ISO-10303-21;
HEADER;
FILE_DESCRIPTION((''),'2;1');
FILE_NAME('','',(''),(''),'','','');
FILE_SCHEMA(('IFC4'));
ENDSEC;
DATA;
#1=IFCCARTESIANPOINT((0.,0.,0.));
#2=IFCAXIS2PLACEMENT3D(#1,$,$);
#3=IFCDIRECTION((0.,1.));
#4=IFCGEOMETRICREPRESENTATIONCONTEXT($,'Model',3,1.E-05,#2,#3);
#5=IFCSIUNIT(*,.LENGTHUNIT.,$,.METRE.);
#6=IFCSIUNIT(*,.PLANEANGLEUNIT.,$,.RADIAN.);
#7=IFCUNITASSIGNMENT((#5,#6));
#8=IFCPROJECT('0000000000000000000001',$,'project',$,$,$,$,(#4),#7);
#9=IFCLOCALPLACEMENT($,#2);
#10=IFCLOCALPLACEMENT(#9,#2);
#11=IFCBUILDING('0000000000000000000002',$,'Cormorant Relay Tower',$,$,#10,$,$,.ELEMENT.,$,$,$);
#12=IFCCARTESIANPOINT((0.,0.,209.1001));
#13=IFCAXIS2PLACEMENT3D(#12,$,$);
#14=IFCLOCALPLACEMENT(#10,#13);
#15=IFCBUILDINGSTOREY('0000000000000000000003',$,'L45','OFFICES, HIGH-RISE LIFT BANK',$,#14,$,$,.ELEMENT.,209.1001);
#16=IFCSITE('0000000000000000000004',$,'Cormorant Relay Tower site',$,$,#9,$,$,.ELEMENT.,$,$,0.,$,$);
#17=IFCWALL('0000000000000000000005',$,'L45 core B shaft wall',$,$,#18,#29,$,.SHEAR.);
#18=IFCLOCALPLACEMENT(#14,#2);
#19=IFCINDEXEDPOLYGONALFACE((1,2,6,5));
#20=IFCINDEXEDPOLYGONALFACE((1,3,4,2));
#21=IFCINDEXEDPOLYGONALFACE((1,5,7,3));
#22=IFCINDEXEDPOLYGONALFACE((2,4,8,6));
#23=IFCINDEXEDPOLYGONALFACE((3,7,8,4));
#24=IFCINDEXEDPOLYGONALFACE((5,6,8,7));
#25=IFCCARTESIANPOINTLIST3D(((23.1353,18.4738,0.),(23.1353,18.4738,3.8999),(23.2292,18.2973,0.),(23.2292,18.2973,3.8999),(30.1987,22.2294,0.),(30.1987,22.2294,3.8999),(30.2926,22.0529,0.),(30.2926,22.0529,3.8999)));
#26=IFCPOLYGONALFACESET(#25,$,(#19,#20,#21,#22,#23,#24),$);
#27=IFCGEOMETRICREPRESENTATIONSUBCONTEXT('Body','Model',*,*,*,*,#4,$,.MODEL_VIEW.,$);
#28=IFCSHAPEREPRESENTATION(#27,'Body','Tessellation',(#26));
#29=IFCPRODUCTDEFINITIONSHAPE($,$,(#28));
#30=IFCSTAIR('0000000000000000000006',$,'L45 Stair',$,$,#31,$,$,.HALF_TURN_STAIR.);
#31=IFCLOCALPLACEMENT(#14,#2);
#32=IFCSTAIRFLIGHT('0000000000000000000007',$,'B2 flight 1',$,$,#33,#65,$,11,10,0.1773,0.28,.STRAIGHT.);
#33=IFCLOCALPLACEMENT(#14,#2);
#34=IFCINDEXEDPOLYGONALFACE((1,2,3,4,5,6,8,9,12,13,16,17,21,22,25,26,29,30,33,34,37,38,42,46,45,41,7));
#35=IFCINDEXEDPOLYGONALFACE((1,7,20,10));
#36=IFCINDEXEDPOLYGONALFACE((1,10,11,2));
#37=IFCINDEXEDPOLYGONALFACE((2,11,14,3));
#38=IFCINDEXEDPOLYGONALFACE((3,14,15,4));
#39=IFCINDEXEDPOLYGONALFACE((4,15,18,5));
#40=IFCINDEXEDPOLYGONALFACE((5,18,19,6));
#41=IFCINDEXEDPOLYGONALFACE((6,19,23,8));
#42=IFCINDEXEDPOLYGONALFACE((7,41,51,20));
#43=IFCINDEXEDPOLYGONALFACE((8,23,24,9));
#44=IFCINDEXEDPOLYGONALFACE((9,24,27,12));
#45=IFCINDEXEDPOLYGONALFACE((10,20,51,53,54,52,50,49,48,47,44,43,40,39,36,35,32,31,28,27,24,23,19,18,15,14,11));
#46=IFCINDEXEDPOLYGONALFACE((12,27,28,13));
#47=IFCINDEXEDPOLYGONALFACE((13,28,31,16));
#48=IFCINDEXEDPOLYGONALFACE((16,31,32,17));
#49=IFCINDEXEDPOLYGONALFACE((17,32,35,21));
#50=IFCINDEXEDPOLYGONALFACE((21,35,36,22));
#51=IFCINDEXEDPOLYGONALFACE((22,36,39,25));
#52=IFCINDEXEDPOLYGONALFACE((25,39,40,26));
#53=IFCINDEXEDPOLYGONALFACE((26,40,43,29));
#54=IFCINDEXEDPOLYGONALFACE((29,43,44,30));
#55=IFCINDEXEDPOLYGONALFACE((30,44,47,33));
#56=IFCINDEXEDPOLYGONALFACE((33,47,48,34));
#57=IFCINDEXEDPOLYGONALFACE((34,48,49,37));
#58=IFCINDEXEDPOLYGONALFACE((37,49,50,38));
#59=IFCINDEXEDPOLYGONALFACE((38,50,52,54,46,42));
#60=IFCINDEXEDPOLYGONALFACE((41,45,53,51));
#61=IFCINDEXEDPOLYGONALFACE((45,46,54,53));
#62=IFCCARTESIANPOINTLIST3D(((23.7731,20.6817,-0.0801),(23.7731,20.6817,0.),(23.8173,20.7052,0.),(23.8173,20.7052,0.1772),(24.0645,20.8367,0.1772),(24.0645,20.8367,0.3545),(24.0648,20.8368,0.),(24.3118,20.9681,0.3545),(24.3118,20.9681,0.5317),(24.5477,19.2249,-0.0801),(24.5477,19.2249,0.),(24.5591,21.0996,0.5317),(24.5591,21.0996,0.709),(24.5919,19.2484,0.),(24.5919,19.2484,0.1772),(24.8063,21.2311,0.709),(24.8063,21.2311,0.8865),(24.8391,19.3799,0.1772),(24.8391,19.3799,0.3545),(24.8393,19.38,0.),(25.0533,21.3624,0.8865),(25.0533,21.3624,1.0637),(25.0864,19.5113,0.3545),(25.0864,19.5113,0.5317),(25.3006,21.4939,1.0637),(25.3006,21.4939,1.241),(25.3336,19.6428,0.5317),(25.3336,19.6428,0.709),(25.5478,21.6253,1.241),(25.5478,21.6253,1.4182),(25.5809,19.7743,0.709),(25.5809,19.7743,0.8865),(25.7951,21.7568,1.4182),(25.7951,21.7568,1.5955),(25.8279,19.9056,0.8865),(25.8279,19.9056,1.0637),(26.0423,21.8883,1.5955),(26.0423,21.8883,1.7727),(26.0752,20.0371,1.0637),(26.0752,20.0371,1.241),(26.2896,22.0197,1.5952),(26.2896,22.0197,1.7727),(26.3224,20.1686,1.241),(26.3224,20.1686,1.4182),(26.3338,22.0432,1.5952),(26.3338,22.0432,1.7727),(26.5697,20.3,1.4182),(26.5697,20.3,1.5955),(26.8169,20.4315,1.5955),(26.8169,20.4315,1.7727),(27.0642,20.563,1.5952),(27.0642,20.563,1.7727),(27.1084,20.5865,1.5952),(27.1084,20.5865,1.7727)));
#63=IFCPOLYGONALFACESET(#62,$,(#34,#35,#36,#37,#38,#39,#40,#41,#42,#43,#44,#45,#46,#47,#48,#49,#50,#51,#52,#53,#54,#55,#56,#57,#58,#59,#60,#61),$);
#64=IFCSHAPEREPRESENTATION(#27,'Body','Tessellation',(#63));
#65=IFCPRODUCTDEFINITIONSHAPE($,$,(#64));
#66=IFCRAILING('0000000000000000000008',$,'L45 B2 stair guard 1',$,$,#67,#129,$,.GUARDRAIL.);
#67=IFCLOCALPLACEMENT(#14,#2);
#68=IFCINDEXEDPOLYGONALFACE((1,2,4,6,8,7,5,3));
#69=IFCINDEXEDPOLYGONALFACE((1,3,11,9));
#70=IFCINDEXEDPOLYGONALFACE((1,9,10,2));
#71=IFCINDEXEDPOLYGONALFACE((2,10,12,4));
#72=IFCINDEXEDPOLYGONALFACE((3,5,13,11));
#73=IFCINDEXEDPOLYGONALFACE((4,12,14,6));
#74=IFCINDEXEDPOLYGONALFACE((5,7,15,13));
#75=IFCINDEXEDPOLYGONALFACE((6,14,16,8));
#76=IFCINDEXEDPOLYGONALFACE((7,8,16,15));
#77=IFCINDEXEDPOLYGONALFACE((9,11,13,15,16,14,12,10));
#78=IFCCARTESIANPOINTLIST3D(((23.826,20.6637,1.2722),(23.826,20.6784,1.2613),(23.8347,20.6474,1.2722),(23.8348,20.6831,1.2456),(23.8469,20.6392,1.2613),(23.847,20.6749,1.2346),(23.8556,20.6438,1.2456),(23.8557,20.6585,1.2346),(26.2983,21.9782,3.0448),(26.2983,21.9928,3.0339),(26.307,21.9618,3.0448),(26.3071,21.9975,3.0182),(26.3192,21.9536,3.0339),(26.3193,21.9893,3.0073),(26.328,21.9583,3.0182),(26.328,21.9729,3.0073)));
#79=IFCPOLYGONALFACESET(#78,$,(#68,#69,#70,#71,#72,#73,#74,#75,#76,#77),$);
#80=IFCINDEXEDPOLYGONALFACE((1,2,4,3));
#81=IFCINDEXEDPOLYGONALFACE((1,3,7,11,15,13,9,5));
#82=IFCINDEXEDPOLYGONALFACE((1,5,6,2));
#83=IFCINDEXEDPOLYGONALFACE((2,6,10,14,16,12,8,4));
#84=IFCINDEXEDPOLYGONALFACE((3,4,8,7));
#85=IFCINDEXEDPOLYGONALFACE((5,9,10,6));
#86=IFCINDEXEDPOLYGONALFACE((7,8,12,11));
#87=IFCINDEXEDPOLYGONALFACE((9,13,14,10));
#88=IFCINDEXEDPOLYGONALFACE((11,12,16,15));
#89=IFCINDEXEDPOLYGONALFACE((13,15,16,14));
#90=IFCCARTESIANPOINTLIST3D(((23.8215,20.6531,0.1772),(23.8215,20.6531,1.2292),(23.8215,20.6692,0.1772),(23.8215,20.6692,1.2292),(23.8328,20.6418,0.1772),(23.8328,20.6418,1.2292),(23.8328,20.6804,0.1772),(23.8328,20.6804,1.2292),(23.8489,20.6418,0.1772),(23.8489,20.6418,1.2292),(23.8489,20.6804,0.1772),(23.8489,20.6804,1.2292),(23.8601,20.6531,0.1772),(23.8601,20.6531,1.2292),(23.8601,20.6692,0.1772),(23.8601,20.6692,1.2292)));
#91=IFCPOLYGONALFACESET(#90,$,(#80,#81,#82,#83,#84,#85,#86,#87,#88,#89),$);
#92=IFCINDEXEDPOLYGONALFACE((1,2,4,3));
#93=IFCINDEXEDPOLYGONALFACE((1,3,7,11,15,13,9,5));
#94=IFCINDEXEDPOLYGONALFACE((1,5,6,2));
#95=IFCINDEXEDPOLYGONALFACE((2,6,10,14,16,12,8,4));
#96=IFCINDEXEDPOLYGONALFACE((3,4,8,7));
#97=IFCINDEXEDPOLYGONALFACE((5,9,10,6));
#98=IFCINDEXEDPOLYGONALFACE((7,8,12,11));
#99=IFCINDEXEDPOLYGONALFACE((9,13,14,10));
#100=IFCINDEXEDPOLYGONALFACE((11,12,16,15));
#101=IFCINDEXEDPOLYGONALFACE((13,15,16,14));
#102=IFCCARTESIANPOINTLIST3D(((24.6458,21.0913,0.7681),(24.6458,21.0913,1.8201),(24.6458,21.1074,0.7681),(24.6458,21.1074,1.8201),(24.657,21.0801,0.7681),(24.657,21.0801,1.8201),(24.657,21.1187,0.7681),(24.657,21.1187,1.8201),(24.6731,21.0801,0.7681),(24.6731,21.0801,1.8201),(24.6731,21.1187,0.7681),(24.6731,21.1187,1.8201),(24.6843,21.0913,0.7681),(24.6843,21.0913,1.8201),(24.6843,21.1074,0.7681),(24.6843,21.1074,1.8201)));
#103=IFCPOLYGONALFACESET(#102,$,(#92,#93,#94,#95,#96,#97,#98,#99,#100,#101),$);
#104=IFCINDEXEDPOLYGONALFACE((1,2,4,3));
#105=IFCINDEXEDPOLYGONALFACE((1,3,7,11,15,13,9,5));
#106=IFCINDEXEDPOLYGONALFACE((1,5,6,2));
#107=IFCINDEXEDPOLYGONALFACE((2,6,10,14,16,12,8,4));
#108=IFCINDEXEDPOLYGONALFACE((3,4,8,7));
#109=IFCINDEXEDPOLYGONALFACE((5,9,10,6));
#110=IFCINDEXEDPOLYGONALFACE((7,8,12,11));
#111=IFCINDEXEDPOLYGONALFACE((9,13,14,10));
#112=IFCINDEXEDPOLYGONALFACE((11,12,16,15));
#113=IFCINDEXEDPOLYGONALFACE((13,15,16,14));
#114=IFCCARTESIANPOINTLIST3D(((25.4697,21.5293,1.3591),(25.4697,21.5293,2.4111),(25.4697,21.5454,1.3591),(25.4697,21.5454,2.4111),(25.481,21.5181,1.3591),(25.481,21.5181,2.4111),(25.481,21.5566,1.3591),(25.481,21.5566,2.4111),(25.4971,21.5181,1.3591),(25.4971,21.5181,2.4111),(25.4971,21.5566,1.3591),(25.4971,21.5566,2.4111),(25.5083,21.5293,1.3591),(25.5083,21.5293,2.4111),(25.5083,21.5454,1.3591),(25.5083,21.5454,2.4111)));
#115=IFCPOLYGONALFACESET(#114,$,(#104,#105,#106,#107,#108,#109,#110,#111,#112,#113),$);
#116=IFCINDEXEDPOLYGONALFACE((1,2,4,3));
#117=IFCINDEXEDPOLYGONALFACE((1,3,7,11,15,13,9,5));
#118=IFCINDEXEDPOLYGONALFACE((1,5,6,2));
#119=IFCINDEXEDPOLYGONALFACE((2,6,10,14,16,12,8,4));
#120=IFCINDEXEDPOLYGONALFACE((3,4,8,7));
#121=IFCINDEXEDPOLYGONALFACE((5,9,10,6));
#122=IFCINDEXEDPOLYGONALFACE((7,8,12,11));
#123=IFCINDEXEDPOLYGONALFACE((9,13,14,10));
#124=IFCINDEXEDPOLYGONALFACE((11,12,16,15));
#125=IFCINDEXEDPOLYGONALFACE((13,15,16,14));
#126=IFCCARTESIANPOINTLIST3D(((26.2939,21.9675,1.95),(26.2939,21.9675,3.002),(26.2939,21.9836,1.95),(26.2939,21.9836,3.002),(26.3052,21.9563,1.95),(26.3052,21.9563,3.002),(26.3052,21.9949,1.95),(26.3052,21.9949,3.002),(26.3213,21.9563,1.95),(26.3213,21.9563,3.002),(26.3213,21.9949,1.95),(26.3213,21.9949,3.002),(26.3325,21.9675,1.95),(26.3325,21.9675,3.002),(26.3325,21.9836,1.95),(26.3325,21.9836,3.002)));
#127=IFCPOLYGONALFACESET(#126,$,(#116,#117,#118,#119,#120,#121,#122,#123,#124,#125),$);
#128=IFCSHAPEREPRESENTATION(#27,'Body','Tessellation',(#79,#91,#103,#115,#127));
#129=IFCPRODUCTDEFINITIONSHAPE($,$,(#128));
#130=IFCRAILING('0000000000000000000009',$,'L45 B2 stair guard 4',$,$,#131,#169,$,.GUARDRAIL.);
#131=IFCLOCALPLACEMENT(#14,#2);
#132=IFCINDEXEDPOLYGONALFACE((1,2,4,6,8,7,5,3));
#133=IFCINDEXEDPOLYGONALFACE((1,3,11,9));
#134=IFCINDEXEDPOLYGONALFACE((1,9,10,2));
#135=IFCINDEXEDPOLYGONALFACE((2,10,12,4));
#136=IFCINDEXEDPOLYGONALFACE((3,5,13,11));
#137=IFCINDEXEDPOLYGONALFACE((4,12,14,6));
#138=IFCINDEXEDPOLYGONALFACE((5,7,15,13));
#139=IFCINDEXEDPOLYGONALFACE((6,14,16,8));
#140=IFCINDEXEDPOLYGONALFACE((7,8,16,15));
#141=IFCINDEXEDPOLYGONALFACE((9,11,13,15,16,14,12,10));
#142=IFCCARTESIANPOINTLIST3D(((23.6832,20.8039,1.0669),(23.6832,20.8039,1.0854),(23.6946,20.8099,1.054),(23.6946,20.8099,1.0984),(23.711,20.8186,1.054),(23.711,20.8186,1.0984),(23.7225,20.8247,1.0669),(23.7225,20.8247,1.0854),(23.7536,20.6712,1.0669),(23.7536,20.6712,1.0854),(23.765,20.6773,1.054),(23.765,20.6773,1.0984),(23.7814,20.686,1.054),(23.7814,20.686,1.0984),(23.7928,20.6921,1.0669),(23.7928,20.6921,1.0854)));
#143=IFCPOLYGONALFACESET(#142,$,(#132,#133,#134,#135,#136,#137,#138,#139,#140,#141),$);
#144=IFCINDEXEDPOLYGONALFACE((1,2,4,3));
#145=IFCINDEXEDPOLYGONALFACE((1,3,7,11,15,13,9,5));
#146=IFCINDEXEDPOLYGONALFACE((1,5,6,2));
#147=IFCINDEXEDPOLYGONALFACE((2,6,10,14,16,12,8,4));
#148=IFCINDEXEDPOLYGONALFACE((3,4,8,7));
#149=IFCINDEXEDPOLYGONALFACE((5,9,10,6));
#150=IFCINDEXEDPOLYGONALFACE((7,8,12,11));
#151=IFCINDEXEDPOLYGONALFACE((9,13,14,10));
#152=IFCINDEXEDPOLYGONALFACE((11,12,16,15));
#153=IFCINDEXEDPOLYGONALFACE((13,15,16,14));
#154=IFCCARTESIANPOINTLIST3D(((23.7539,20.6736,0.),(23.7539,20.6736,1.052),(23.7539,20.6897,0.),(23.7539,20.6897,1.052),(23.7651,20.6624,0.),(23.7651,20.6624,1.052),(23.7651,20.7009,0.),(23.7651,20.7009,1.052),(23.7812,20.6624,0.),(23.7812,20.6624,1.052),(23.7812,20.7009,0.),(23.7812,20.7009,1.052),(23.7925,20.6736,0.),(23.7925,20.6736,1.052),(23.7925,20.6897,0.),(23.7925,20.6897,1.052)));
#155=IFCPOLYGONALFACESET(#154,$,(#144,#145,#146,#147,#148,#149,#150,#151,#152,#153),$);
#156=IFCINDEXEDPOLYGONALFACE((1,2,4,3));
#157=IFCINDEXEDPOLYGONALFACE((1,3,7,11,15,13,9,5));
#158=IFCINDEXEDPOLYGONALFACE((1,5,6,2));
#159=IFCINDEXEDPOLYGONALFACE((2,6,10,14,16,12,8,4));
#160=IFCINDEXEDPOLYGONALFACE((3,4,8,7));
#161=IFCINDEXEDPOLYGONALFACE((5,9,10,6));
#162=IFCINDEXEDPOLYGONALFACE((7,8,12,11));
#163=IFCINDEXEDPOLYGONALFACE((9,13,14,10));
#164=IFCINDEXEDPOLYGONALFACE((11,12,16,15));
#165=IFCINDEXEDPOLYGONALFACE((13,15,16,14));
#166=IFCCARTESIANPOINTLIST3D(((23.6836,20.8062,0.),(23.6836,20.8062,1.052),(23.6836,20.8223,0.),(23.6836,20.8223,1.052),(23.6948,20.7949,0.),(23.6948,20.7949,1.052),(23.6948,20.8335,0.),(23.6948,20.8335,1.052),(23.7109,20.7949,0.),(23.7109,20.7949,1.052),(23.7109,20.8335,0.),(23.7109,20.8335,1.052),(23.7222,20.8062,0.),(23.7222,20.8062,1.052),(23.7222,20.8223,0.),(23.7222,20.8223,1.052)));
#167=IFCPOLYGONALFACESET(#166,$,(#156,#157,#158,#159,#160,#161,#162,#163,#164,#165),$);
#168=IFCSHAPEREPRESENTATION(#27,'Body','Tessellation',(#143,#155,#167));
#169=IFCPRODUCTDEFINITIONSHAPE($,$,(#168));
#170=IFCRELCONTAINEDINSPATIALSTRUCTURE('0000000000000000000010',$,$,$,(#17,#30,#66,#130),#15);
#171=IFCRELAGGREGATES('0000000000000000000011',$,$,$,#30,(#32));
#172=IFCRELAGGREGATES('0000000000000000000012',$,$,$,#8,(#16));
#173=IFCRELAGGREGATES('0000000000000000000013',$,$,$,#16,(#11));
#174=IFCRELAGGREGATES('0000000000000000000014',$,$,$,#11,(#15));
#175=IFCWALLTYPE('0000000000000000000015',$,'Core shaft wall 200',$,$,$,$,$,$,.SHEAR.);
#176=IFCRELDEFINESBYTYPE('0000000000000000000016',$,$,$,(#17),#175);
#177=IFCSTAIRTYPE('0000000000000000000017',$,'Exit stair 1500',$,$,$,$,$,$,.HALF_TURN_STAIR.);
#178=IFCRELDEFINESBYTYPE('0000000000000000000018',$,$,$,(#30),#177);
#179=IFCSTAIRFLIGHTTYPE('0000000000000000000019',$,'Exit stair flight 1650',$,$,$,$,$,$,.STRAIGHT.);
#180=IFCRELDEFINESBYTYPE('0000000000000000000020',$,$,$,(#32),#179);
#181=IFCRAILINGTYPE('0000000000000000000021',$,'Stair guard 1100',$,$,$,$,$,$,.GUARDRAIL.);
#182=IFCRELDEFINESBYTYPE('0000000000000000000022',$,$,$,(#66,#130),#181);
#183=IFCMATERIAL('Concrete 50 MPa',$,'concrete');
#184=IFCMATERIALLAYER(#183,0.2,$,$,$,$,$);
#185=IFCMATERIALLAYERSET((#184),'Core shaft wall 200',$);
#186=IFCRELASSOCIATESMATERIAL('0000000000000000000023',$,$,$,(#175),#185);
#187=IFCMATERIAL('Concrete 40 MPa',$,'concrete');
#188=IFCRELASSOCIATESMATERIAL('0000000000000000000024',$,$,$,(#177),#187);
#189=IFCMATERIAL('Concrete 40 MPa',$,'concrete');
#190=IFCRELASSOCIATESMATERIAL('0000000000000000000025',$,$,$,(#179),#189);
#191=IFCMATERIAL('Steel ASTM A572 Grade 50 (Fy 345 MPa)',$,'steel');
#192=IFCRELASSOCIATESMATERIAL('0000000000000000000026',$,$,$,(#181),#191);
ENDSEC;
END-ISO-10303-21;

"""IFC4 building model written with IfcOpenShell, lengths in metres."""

from ifc_helpers import new_model, si_unit, direction, frame, frame_2d, origin, place, context, subcontext, project, spatial, polyline, rectangle, outline, extrude, material, layer, layer_set, type_object, element, aggregate, save


model = new_model("IFC4")

# Units and contexts
model_context = context("Model", 3, precision=1e-05, world=origin(), true_north=direction((0.0, 1.0)))
body_context = subcontext(model_context, "Body", "Model", "MODEL_VIEW")
ifc_project = project(units=[si_unit("LENGTHUNIT", "METRE"), si_unit("PLANEANGLEUNIT", "RADIAN")], contexts=[model_context])

# Site, building, storey
site_placement = place(None, origin())
site = spatial("IfcSite", under=ifc_project, at=site_placement, Name="Cormorant Relay Tower site", CompositionType="ELEMENT", RefElevation=0.0)
building_placement = place(site_placement, origin())
building = spatial("IfcBuilding", under=site, at=building_placement, Name="Cormorant Relay Tower", CompositionType="ELEMENT")
storey_placement = place(building_placement, frame((0.0, 0.0, 209.1001)))
storey = spatial("IfcBuildingStorey", under=building, at=storey_placement, Name="L45", Description="OFFICES, HIGH-RISE LIFT BANK", CompositionType="ELEMENT", Elevation=209.1001)

# Shared definitions
ifc_material_1 = material(Name="Concrete 50 MPa", Category="concrete")
ifc_layer = layer(ifc_material_1, 0.2)
ifc_layer_set = layer_set([ifc_layer], Name="Core shaft wall 200")
wall_type = type_object("IfcWallType", Name="Core shaft wall 200", PredefinedType="SHEAR", material=ifc_layer_set)

# Wall
wall_1_placement = place(storey_placement, frame((23.1821, 18.3855, 0.0), z_axis=(0.0, 0.0, 1.0), x_axis=(0.882953, 0.469462, 0.0)))
element("IfcWall", 1, at=wall_1_placement, inside=storey, type_object=wall_type, Name="L45 core B shaft wall", PredefinedType="SHEAR", context=body_context, shape_type="SweptSolid", body=[
    extrude(rectangle(XDim=7.9998, YDim=0.2, at=frame_2d((4.0, 0.0))), origin(), (0.0, 0.0, 1.0), 3.8999),
])

# Stair, stair flight
ifc_material_2 = material(Name="Concrete 40 MPa", Category="concrete")
stair_type = type_object("IfcStairType", Name="Exit stair 1500", PredefinedType="HALF_TURN_STAIR", material=ifc_material_2)
stair_placement = place(storey_placement, origin())
stair = element("IfcStair", 2, at=stair_placement, inside=storey, type_object=stair_type, Name="L45 Stair", PredefinedType="HALF_TURN_STAIR")
ifc_material_3 = material(Name="Concrete 40 MPa", Category="concrete")
stair_flight_type = type_object("IfcStairFlightType", Name="Exit stair flight 1650", PredefinedType="STRAIGHT", material=ifc_material_3)
stair_flight_placement = place(storey_placement, frame((24.2046, 19.9768, 0.0), z_axis=(0.0, 0.0, 1.0), x_axis=(0.882948, 0.469472, 0.0)))
stair_flight = element("IfcStairFlight", 3, at=stair_flight_placement, type_object=stair_flight_type, Name="B2 flight 1", NumberOfRisers=11, NumberOfTreads=10, PredefinedType="STRAIGHT", RiserHeight=0.1773, TreadLength=0.28, context=body_context, shape_type="SweptSolid", body=[
    extrude(outline(polyline([(-0.05, -0.0801), (-0.05, 0.0), (0.0, 0.0), (0.0, 0.1772), (0.28, 0.1772), (0.28, 0.3545), (0.5601, 0.3545), (0.5601, 0.5317), (0.8401, 0.5317), (0.8401, 0.709), (1.1201, 0.709), (1.1201, 0.8865), (1.3999, 0.8865), (1.3999, 1.0637), (1.6799, 1.0637), (1.6799, 1.241), (1.96, 1.241), (1.96, 1.4182), (2.24, 1.4182), (2.24, 1.5955), (2.52, 1.5955), (2.52, 1.7727), (2.8, 1.7727), (2.8501, 1.7727), (2.8501, 1.5952), (2.8, 1.5952), (0.2803, 0.0), (-0.05, -0.0801)])), frame((0.0, 0.825, 0.0), z_axis=(0.0, -1.0, 0.0), x_axis=(1.0, 0.0, 0.0)), (0.0, 0.0, 1.0), 1.6499),
])
aggregate(stair, [stair_flight])

# Railings
ifc_material_4 = material(Name="Steel ASTM A572 Grade 50 (Fy 345 MPa)", Category="steel")
railing_type_1 = type_object("IfcRailingType", Name="Stair guard 1100", PredefinedType="GUARDRAIL", material=ifc_material_4)
railing_1_placement = place(storey_placement, frame((23.8408, 20.6611, 0.1772)))
element("IfcRailing", 4, at=railing_1_placement, inside=storey, type_object=railing_type_1, Name="L45 B2 stair guard 1", PredefinedType="GUARDRAIL", context=body_context, shape_type="SweptSolid", body=[
    extrude(outline(polyline([(0.0222, 0.0093), (0.0093, 0.0222), (-0.0093, 0.0222), (-0.0222, 0.0093), (-0.0222, -0.0093), (-0.0093, -0.0222), (0.0093, -0.0222), (0.0222, -0.0093), (0.0222, 0.0093)])), frame((0.0, 0.0, 1.0762), z_axis=(0.746034, 0.396627, 0.534902), x_axis=(-0.469429, 0.88297, 0.0)), (0.0, 0.0, 1.0), 3.314),
    extrude(outline(polyline([(0.0193, 0.0081), (0.0081, 0.0193), (-0.0081, 0.0193), (-0.0193, 0.0081), (-0.0193, -0.0081), (-0.0081, -0.0193), (0.0081, -0.0193), (0.0193, -0.0081), (0.0193, 0.0081)])), origin(), (0.0, 0.0, 1.0), 1.052),
    extrude(outline(polyline([(0.0193, 0.0081), (0.0081, 0.0193), (-0.0081, 0.0193), (-0.0193, 0.0081), (-0.0193, -0.0081), (-0.0081, -0.0193), (0.0081, -0.0193), (0.0193, -0.0081), (0.0193, 0.0081)])), frame((0.8242, 0.4382, 0.5908)), (0.0, 0.0, 1.0), 1.052),
    extrude(outline(polyline([(0.0193, 0.0081), (0.0081, 0.0193), (-0.0081, 0.0193), (-0.0193, 0.0081), (-0.0193, -0.0081), (-0.0081, -0.0193), (0.0081, -0.0193), (0.0193, -0.0081), (0.0193, 0.0081)])), frame((1.6482, 0.8762, 1.1819)), (0.0, 0.0, 1.0), 1.052),
    extrude(outline(polyline([(0.0193, 0.0081), (0.0081, 0.0193), (-0.0081, 0.0193), (-0.0193, 0.0081), (-0.0193, -0.0081), (-0.0081, -0.0193), (0.0081, -0.0193), (0.0193, -0.0081), (0.0193, 0.0081)])), frame((2.4724, 1.3145, 1.7727)), (0.0, 0.0, 1.0), 1.052),
])
railing_2_placement = place(storey_placement, frame((23.7732, 20.6816, 0.0)))
element("IfcRailing", 5, at=railing_2_placement, inside=storey, type_object=railing_type_1, Name="L45 B2 stair guard 4", PredefinedType="GUARDRAIL", context=body_context, shape_type="SweptSolid", body=[
    extrude(outline(polyline([(0.0222, 0.0093), (0.0093, 0.0222), (-0.0093, 0.0222), (-0.0222, 0.0093), (-0.0222, -0.0093), (-0.0093, -0.0222), (0.0093, -0.0222), (0.0222, -0.0093), (0.0222, 0.0093)])), frame((0.0, 0.0, 1.0762), z_axis=(-0.46856, 0.883431, 0.0), x_axis=(-0.883431, -0.46856, 0.0)), (0.0, 0.0, 1.0), 0.1501),
    extrude(outline(polyline([(0.0193, 0.0081), (0.0081, 0.0193), (-0.0081, 0.0193), (-0.0193, 0.0081), (-0.0193, -0.0081), (-0.0081, -0.0193), (0.0081, -0.0193), (0.0193, -0.0081), (0.0193, 0.0081)])), origin(), (0.0, 0.0, 1.0), 1.052),
    extrude(outline(polyline([(0.0193, 0.0081), (0.0081, 0.0193), (-0.0081, 0.0193), (-0.0193, 0.0081), (-0.0193, -0.0081), (-0.0081, -0.0193), (0.0081, -0.0193), (0.0193, -0.0081), (0.0193, 0.0081)])), frame((-0.0703, 0.1326, 0.0)), (0.0, 0.0, 1.0), 1.052),
])

save(model, "model.ifc")
